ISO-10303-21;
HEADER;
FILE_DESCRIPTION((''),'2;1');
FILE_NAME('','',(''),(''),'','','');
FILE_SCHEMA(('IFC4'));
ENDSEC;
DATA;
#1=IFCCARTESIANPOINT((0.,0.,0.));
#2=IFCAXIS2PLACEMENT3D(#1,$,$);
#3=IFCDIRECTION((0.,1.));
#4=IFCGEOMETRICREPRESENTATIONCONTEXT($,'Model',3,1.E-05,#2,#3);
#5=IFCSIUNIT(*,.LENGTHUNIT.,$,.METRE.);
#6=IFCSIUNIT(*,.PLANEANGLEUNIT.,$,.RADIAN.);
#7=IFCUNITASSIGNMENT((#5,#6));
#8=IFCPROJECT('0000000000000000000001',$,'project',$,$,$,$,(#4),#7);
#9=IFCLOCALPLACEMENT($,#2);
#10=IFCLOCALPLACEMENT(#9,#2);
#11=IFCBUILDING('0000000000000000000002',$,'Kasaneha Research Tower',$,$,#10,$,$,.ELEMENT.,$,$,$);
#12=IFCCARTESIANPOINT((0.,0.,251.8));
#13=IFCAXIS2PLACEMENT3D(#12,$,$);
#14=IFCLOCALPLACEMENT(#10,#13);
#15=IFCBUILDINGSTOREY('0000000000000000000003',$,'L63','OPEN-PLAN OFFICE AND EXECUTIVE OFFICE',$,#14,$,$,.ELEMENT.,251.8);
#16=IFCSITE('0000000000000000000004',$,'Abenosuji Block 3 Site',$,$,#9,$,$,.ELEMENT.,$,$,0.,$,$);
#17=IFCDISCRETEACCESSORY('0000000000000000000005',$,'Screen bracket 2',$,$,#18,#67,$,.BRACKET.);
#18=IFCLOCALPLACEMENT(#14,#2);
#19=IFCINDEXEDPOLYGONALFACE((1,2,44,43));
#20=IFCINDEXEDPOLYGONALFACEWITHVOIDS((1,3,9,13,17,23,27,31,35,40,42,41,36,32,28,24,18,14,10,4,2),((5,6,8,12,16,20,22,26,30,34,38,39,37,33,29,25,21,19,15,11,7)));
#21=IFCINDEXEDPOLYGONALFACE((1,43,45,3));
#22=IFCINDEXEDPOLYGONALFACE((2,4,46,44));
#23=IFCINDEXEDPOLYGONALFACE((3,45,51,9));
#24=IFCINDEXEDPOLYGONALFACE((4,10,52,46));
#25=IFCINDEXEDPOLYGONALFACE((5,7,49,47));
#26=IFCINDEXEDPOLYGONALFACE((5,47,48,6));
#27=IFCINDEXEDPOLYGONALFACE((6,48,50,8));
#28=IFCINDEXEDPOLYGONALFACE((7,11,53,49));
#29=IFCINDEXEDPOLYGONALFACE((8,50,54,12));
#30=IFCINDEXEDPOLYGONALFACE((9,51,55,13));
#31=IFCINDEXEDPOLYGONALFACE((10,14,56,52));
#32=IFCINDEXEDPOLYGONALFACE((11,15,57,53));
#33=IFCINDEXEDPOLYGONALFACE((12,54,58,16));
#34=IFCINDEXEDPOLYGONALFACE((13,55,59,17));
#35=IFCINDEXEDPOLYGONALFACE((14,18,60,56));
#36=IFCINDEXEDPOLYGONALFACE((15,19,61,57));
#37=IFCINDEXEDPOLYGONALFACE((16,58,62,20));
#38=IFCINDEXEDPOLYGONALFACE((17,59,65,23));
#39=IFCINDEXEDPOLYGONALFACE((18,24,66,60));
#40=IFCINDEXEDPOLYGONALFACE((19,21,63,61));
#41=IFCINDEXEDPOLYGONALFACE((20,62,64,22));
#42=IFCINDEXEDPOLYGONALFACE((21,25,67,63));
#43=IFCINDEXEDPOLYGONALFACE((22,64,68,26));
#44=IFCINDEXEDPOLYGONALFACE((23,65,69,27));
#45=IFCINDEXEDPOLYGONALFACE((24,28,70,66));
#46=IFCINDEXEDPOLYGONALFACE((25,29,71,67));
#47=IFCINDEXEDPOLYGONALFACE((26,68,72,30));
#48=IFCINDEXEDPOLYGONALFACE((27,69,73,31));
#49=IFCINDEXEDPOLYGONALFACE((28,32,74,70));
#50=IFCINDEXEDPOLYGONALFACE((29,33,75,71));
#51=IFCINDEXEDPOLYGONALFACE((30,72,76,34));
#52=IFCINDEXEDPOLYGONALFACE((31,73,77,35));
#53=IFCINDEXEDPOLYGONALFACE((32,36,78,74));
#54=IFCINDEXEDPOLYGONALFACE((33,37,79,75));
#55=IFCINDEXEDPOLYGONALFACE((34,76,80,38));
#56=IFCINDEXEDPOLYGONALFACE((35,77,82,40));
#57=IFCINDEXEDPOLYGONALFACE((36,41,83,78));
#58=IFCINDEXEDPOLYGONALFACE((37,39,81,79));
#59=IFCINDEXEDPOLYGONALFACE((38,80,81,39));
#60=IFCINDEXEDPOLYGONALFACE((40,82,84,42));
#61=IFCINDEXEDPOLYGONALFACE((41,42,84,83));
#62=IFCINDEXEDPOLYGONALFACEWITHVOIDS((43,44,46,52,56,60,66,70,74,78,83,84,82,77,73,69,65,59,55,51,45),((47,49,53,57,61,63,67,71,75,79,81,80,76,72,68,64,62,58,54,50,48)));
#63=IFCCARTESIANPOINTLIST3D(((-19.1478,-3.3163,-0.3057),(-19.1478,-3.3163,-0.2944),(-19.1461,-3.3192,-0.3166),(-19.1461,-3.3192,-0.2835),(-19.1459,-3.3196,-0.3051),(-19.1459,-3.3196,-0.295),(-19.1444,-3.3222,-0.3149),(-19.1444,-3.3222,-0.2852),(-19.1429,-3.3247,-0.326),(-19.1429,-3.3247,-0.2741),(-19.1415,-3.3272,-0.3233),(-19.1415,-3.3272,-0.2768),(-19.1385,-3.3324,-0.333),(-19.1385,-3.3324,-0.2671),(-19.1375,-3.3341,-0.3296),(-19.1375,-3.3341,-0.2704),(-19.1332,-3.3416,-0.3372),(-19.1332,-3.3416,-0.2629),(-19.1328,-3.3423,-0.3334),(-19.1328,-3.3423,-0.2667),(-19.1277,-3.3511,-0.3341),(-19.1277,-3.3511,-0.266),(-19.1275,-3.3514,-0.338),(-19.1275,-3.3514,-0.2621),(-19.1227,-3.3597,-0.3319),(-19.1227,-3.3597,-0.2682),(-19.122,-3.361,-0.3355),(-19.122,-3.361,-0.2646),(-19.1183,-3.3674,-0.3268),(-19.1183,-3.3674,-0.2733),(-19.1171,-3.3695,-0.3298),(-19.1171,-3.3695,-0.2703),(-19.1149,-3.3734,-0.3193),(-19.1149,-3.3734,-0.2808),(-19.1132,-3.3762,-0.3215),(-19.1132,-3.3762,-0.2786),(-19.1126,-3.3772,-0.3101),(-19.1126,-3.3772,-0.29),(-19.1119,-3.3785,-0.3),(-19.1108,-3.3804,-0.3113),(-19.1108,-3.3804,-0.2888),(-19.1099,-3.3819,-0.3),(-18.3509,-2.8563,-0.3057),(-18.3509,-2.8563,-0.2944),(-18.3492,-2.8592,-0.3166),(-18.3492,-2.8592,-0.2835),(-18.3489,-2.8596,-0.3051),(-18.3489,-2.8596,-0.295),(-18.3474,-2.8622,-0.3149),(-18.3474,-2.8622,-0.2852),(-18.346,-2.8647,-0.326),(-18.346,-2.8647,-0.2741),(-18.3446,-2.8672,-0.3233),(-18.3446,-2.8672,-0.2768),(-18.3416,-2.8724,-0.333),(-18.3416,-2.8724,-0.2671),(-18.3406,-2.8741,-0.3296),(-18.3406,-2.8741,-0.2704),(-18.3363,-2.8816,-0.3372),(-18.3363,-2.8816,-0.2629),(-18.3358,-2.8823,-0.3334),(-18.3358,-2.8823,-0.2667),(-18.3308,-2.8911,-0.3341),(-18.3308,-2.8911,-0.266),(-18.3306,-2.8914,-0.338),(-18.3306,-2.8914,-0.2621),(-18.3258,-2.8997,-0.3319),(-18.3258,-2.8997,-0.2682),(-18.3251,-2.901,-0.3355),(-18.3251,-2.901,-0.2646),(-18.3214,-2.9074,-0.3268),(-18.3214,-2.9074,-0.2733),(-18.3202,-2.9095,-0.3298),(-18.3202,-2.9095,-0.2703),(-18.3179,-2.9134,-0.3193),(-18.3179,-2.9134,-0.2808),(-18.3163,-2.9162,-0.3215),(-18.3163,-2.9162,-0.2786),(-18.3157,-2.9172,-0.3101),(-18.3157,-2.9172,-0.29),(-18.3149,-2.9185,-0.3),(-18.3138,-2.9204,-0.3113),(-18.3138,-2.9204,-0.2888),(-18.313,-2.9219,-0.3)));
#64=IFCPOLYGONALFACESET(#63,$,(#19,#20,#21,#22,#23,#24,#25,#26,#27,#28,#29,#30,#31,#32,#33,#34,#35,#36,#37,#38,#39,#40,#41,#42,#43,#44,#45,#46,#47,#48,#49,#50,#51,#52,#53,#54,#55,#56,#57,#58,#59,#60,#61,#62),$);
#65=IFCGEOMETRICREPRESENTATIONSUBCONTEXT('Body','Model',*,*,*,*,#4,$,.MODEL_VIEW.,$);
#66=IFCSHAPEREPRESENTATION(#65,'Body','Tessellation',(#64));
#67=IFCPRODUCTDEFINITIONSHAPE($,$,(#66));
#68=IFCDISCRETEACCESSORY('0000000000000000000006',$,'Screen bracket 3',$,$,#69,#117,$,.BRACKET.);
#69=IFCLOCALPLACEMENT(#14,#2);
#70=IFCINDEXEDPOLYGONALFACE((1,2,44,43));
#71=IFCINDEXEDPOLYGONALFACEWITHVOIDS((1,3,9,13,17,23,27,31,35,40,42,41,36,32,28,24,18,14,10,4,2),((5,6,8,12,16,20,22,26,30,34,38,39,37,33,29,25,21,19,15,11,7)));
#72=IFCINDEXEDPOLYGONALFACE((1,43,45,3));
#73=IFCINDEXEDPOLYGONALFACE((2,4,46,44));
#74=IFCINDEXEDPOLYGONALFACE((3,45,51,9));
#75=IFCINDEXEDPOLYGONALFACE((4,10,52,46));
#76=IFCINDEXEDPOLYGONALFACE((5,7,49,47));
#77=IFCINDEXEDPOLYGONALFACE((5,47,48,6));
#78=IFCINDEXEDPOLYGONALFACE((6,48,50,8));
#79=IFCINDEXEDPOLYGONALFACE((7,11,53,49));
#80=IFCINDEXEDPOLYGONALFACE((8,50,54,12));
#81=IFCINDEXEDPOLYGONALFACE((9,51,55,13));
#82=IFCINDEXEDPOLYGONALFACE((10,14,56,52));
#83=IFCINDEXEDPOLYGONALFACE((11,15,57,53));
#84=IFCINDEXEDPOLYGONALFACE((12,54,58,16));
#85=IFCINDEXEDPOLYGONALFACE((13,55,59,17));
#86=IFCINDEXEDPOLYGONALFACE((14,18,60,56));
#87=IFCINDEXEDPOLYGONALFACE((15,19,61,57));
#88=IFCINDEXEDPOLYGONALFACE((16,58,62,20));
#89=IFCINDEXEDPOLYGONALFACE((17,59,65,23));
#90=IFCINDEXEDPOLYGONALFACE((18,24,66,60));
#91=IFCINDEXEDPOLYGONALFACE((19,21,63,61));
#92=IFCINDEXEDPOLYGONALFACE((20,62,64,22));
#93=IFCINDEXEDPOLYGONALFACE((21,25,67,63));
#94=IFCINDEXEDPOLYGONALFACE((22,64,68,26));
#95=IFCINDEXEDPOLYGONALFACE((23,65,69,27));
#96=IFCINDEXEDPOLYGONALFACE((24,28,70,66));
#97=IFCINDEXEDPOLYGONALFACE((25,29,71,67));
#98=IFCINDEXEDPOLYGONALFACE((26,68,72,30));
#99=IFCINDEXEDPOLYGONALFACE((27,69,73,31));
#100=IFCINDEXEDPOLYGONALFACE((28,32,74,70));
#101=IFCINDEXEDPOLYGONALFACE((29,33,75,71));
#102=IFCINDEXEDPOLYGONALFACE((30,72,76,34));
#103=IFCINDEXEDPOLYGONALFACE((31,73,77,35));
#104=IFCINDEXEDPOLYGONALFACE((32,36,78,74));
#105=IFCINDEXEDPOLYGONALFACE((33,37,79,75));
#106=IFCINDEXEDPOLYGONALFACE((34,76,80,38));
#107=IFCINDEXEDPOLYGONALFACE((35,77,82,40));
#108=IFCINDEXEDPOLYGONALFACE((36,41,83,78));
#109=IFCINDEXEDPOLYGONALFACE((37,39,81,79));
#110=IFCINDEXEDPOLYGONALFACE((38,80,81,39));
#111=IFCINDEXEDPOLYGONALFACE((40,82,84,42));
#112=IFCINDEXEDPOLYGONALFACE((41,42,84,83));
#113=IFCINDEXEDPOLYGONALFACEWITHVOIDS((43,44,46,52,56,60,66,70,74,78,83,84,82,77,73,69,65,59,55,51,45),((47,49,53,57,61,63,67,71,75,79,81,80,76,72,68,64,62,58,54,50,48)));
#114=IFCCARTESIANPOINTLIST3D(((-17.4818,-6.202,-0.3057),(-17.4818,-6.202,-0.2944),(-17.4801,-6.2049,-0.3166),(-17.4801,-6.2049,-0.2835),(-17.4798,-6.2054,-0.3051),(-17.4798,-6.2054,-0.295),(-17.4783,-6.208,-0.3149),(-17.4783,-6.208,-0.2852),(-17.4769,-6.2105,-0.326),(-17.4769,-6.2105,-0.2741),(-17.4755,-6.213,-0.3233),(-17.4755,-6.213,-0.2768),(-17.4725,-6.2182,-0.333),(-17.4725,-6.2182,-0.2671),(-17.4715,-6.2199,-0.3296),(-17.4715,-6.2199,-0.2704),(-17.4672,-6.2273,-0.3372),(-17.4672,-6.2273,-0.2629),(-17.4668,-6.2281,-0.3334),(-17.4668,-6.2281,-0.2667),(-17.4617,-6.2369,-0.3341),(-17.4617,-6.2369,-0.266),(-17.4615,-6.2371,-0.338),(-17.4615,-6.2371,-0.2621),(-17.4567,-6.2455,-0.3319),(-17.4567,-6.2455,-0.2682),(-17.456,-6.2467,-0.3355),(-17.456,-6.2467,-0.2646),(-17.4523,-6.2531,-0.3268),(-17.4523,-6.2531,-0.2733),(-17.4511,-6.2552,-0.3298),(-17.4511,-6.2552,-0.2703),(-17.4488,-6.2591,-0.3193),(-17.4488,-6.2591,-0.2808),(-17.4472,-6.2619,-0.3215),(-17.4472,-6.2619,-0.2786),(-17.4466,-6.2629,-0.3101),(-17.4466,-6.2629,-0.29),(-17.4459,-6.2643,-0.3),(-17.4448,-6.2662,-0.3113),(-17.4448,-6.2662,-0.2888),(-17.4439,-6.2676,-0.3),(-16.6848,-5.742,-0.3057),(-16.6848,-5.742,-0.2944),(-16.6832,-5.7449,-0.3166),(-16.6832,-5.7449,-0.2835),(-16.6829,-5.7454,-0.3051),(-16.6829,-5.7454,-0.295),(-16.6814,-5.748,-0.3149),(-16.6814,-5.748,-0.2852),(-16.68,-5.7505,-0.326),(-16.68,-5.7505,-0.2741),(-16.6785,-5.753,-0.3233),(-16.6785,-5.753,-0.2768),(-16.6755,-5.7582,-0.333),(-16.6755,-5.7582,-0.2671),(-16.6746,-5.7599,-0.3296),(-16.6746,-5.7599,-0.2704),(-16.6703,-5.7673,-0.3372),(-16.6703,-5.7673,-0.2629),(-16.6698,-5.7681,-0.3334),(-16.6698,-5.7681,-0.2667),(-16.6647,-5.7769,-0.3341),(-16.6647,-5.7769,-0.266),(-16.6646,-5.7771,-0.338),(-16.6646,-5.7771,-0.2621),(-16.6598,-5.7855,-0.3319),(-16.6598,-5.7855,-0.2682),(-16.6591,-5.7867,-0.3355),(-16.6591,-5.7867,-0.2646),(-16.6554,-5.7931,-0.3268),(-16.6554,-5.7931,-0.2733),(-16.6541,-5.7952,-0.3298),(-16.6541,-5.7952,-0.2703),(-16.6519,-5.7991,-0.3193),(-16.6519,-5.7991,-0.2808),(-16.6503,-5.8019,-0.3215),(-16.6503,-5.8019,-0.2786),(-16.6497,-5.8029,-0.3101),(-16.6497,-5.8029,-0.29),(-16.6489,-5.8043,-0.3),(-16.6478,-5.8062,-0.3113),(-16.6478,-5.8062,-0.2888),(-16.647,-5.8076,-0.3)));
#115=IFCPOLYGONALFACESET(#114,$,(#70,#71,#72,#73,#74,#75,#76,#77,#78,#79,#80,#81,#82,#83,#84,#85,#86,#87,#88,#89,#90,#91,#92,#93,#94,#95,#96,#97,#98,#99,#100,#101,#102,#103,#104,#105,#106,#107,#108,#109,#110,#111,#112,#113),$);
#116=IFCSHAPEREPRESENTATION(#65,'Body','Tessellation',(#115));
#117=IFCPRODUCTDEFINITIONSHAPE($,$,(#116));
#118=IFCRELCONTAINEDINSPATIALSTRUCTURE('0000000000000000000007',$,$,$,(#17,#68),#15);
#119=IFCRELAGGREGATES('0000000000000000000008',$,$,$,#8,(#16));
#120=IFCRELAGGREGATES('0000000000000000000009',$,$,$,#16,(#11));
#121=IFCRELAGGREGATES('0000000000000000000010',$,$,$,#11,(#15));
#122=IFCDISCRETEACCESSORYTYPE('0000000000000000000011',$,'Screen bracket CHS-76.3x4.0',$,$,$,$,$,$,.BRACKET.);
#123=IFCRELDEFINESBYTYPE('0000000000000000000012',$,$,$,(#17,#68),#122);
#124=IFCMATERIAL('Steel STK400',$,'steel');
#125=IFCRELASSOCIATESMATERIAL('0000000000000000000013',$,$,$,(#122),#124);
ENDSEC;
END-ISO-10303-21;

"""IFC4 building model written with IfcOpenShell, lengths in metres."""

from ifc_helpers import new_model, si_unit, direction, frame, origin, origin_2d, place, context, subcontext, project, spatial, hollow_circle, extrude, material, material_profile, profile_set, type_object, element, save


model = new_model("IFC4")

# Units and contexts
model_context = context("Model", 3, precision=1e-05, world=origin(), true_north=direction((0.0, 1.0)))
body_context = subcontext(model_context, "Body", "Model", "MODEL_VIEW")
ifc_project = project(units=[si_unit("LENGTHUNIT", "METRE"), si_unit("PLANEANGLEUNIT", "RADIAN")], contexts=[model_context])

# Site, building, storey
site_placement = place(None, origin())
site = spatial("IfcSite", under=ifc_project, at=site_placement, Name="Abenosuji Block 3 Site", CompositionType="ELEMENT", RefElevation=0.0)
building_placement = place(site_placement, origin())
building = spatial("IfcBuilding", under=site, at=building_placement, Name="Kasaneha Research Tower", CompositionType="ELEMENT")
storey_placement = place(building_placement, frame((0.0, 0.0, 251.8)))
storey = spatial("IfcBuildingStorey", under=building, at=storey_placement, Name="L63", Description="OPEN-PLAN OFFICE AND EXECUTIVE OFFICE", CompositionType="ELEMENT", Elevation=251.8)

# Discrete accessories
ifc_material_1 = material(Name="Steel STK400", Category="steel")
ifc_material_profile_1 = material_profile(ifc_material_1, hollow_circle(Radius=0.0381, WallThickness=0.0039, at=origin_2d()), Name="CHS-76.3x4.0")
ifc_profile_set_1 = profile_set([ifc_material_profile_1], Name="Steel STK400")
discrete_accessory_type = type_object("IfcDiscreteAccessoryType", Name="Screen bracket CHS-76.3x4.0", PredefinedType="BRACKET", material=ifc_profile_set_1)
for number, where, z_axis, x_axis, name in (
    (1, (-18.332, -2.8889, -0.3), (-0.86608, -0.499906, 0.0), (0.499906, -0.86608, 0.0), "Screen bracket 2"),
    (2, (-16.666, -5.7747, -0.3), (-0.86608, -0.499906, 0.0), (0.499906, -0.86608, 0.0), "Screen bracket 3"),
):
    element("IfcDiscreteAccessory", number, at=place(storey_placement, frame(where, z_axis=z_axis, x_axis=x_axis)), inside=storey, type_object=discrete_accessory_type, Name=name, PredefinedType="BRACKET", context=body_context, shape_type="SweptSolid", body=[
        extrude(hollow_circle(Radius=0.0381, WallThickness=0.0039, at=origin_2d()), origin(), (0.0, 0.0, 1.0), 0.9202),
    ])

save(model, "model.ifc")
